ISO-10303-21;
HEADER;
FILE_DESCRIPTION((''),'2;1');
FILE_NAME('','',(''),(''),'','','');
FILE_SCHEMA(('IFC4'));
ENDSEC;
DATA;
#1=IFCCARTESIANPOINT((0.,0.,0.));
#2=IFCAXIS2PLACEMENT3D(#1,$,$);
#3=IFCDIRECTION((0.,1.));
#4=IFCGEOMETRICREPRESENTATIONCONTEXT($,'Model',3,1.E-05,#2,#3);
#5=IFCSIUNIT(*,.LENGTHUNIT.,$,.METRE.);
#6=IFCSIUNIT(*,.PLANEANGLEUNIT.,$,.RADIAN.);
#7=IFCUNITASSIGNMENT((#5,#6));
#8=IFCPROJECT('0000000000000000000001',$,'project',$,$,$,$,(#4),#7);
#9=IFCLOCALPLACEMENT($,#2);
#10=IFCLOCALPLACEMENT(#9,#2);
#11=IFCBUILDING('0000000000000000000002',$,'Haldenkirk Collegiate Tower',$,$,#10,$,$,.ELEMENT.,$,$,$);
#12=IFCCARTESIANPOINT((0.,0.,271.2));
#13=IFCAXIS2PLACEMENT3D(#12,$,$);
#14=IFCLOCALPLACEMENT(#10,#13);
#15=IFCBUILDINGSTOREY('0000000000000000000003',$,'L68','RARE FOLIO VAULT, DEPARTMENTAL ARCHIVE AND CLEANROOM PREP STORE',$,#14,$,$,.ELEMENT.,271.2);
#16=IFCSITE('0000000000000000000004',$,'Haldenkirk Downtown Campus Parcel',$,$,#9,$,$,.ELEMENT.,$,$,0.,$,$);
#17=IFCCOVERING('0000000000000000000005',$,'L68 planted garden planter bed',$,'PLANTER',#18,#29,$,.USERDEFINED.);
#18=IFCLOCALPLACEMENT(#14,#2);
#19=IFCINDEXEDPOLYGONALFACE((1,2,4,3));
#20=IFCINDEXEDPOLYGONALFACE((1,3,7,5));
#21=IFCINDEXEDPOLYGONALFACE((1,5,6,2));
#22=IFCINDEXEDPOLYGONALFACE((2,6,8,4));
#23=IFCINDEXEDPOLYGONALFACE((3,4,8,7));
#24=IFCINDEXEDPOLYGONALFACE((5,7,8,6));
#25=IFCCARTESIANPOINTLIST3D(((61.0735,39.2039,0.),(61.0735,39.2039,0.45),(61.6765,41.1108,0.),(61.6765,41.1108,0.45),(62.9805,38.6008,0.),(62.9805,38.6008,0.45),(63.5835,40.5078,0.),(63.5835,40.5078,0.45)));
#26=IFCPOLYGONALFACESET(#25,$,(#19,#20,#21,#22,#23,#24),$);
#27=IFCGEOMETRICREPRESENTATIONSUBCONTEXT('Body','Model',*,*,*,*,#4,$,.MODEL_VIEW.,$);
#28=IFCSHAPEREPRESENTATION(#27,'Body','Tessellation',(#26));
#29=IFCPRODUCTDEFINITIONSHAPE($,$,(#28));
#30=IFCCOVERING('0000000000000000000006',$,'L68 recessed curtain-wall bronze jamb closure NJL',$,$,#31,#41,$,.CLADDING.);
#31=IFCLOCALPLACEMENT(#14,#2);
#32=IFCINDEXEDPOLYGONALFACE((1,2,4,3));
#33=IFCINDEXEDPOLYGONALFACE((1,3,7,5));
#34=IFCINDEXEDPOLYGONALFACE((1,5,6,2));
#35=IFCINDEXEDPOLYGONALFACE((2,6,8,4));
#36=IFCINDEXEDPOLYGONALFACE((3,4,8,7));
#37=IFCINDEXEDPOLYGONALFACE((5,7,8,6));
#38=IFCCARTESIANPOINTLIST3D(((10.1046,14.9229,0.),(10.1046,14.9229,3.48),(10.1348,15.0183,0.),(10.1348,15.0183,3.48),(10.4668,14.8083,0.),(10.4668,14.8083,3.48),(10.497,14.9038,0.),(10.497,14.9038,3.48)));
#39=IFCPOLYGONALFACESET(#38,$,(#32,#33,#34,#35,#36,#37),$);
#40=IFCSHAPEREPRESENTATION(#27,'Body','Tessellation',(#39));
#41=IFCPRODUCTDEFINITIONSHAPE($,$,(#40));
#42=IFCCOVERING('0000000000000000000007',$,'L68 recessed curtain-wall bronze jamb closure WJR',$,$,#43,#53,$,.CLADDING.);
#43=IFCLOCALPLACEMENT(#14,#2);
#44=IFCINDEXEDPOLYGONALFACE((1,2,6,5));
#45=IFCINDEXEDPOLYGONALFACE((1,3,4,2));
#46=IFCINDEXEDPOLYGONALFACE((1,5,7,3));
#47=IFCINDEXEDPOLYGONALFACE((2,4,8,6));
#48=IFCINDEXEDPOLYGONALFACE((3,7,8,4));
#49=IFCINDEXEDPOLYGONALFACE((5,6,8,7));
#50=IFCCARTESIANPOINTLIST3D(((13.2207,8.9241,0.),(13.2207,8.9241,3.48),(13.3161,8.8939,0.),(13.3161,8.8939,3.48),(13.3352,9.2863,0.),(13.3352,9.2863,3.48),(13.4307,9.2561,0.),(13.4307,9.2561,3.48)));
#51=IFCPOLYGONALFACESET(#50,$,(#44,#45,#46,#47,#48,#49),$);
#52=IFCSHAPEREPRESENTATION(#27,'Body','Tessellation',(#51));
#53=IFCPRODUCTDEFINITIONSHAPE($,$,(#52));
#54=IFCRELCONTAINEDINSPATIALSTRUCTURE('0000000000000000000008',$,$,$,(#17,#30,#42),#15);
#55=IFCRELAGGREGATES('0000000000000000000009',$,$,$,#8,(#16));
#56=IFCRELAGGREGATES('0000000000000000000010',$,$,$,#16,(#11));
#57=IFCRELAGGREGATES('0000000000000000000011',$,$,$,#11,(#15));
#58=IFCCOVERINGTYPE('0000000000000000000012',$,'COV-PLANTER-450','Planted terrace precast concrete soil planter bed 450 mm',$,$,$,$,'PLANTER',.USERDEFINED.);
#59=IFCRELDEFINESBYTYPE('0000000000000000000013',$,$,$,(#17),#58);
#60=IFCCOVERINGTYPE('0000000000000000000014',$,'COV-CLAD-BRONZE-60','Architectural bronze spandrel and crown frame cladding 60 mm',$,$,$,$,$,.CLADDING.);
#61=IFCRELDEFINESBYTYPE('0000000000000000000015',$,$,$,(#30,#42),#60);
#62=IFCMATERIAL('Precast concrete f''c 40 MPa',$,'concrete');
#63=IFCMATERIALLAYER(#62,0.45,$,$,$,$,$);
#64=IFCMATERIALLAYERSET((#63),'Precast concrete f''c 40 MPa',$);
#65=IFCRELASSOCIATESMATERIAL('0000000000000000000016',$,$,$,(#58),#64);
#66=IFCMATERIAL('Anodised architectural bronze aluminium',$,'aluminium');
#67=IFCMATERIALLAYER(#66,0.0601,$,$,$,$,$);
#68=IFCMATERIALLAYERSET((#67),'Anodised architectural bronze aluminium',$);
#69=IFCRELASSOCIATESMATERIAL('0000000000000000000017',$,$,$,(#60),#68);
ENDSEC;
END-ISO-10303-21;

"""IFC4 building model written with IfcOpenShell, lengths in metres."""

from ifc_helpers import new_model, si_unit, direction, frame, origin, origin_2d, place, context, subcontext, project, spatial, polyline, rectangle, outline, extrude, source, transform, mapped, material, layer, layer_set, type_object, element, save


model = new_model("IFC4")

# Units and contexts
model_context = context("Model", 3, precision=1e-05, world=origin(), true_north=direction((0.0, 1.0)))
body_context = subcontext(model_context, "Body", "Model", "MODEL_VIEW")
ifc_project = project(units=[si_unit("LENGTHUNIT", "METRE"), si_unit("PLANEANGLEUNIT", "RADIAN")], contexts=[model_context])

# Site, building, storey
site_placement = place(None, origin())
site = spatial("IfcSite", under=ifc_project, at=site_placement, Name="Haldenkirk Downtown Campus Parcel", CompositionType="ELEMENT", RefElevation=0.0)
building_placement = place(site_placement, origin())
building = spatial("IfcBuilding", under=site, at=building_placement, Name="Haldenkirk Collegiate Tower", CompositionType="ELEMENT")
storey_placement = place(building_placement, frame((0.0, 0.0, 271.2)))
storey = spatial("IfcBuildingStorey", under=building, at=storey_placement, Name="L68", Description="RARE FOLIO VAULT, DEPARTMENTAL ARCHIVE AND CLEANROOM PREP STORE", CompositionType="ELEMENT", Elevation=271.2)

# Shared definitions
ifc_material_1 = material(Name="Anodised architectural bronze aluminium", Category="aluminium")

# Shared definitions
ifc_material_2 = material(Name="Precast concrete f'c 40 MPa", Category="concrete")

# Coverings
ifc_layer_1 = layer(ifc_material_2, 0.45)
ifc_layer_set_1 = layer_set([ifc_layer_1], Name="Precast concrete f'c 40 MPa")
covering_type_1 = type_object("IfcCoveringType", Name="COV-PLANTER-450", Description="Planted terrace precast concrete soil planter bed 450 mm", ElementType="PLANTER", PredefinedType="USERDEFINED", material=ifc_layer_set_1)
covering_1_placement = place(storey_placement, origin())
element("IfcCovering", 1, at=covering_1_placement, inside=storey, type_object=covering_type_1, Name="L68 planted garden planter bed", ObjectType="PLANTER", PredefinedType="USERDEFINED", context=body_context, shape_type="SweptSolid", body=[
    extrude(outline(polyline([(62.9805, 38.6008), (61.0735, 39.2039), (61.6765, 41.1108), (63.5835, 40.5078), (62.9805, 38.6008)])), origin(), (0.0, 0.0, 1.0), 0.45),
])
ifc_layer_2 = layer(ifc_material_1, 0.0601)
ifc_layer_set_2 = layer_set([ifc_layer_2], Name="Anodised architectural bronze aluminium")
covering_type_2 = type_object("IfcCoveringType", Name="COV-CLAD-BRONZE-60", Description="Architectural bronze spandrel and crown frame cladding 60 mm", PredefinedType="CLADDING", material=ifc_layer_set_2)
shared_shape_1 = source(origin(), body_context, "Body", "SweptSolid", [
    extrude(rectangle(XDim=0.1001, YDim=0.3799, at=origin_2d()), origin(), (0.0, 0.0, 1.0), 3.48),
])
for number, where, z_axis, x_axis, name in (
    (2, (10.3008, 14.9133, 0.0), (0.0, 0.0, 1.0), (0.301538, 0.953454, 0.0), "L68 recessed curtain-wall bronze jamb closure NJL"),
    (3, (13.3257, 9.0901, 0.0), (0.0, 0.0, 1.0), (-0.953454, 0.301538, 0.0), "L68 recessed curtain-wall bronze jamb closure WJR"),
):
    element("IfcCovering", number, at=place(storey_placement, frame(where, z_axis=z_axis, x_axis=x_axis)), inside=storey, type_object=covering_type_2, Name=name, PredefinedType="CLADDING", context=body_context, shape_type="MappedRepresentation", body=[
        mapped(shared_shape_1, transform((0.0, 0.0, 0.0), x_axis=(1.0, 0.0, 0.0), y_axis=(0.0, 1.0, 0.0), z_axis=(0.0, 0.0, 1.0), scale=1.0)),
    ])

save(model, "model.ifc")
